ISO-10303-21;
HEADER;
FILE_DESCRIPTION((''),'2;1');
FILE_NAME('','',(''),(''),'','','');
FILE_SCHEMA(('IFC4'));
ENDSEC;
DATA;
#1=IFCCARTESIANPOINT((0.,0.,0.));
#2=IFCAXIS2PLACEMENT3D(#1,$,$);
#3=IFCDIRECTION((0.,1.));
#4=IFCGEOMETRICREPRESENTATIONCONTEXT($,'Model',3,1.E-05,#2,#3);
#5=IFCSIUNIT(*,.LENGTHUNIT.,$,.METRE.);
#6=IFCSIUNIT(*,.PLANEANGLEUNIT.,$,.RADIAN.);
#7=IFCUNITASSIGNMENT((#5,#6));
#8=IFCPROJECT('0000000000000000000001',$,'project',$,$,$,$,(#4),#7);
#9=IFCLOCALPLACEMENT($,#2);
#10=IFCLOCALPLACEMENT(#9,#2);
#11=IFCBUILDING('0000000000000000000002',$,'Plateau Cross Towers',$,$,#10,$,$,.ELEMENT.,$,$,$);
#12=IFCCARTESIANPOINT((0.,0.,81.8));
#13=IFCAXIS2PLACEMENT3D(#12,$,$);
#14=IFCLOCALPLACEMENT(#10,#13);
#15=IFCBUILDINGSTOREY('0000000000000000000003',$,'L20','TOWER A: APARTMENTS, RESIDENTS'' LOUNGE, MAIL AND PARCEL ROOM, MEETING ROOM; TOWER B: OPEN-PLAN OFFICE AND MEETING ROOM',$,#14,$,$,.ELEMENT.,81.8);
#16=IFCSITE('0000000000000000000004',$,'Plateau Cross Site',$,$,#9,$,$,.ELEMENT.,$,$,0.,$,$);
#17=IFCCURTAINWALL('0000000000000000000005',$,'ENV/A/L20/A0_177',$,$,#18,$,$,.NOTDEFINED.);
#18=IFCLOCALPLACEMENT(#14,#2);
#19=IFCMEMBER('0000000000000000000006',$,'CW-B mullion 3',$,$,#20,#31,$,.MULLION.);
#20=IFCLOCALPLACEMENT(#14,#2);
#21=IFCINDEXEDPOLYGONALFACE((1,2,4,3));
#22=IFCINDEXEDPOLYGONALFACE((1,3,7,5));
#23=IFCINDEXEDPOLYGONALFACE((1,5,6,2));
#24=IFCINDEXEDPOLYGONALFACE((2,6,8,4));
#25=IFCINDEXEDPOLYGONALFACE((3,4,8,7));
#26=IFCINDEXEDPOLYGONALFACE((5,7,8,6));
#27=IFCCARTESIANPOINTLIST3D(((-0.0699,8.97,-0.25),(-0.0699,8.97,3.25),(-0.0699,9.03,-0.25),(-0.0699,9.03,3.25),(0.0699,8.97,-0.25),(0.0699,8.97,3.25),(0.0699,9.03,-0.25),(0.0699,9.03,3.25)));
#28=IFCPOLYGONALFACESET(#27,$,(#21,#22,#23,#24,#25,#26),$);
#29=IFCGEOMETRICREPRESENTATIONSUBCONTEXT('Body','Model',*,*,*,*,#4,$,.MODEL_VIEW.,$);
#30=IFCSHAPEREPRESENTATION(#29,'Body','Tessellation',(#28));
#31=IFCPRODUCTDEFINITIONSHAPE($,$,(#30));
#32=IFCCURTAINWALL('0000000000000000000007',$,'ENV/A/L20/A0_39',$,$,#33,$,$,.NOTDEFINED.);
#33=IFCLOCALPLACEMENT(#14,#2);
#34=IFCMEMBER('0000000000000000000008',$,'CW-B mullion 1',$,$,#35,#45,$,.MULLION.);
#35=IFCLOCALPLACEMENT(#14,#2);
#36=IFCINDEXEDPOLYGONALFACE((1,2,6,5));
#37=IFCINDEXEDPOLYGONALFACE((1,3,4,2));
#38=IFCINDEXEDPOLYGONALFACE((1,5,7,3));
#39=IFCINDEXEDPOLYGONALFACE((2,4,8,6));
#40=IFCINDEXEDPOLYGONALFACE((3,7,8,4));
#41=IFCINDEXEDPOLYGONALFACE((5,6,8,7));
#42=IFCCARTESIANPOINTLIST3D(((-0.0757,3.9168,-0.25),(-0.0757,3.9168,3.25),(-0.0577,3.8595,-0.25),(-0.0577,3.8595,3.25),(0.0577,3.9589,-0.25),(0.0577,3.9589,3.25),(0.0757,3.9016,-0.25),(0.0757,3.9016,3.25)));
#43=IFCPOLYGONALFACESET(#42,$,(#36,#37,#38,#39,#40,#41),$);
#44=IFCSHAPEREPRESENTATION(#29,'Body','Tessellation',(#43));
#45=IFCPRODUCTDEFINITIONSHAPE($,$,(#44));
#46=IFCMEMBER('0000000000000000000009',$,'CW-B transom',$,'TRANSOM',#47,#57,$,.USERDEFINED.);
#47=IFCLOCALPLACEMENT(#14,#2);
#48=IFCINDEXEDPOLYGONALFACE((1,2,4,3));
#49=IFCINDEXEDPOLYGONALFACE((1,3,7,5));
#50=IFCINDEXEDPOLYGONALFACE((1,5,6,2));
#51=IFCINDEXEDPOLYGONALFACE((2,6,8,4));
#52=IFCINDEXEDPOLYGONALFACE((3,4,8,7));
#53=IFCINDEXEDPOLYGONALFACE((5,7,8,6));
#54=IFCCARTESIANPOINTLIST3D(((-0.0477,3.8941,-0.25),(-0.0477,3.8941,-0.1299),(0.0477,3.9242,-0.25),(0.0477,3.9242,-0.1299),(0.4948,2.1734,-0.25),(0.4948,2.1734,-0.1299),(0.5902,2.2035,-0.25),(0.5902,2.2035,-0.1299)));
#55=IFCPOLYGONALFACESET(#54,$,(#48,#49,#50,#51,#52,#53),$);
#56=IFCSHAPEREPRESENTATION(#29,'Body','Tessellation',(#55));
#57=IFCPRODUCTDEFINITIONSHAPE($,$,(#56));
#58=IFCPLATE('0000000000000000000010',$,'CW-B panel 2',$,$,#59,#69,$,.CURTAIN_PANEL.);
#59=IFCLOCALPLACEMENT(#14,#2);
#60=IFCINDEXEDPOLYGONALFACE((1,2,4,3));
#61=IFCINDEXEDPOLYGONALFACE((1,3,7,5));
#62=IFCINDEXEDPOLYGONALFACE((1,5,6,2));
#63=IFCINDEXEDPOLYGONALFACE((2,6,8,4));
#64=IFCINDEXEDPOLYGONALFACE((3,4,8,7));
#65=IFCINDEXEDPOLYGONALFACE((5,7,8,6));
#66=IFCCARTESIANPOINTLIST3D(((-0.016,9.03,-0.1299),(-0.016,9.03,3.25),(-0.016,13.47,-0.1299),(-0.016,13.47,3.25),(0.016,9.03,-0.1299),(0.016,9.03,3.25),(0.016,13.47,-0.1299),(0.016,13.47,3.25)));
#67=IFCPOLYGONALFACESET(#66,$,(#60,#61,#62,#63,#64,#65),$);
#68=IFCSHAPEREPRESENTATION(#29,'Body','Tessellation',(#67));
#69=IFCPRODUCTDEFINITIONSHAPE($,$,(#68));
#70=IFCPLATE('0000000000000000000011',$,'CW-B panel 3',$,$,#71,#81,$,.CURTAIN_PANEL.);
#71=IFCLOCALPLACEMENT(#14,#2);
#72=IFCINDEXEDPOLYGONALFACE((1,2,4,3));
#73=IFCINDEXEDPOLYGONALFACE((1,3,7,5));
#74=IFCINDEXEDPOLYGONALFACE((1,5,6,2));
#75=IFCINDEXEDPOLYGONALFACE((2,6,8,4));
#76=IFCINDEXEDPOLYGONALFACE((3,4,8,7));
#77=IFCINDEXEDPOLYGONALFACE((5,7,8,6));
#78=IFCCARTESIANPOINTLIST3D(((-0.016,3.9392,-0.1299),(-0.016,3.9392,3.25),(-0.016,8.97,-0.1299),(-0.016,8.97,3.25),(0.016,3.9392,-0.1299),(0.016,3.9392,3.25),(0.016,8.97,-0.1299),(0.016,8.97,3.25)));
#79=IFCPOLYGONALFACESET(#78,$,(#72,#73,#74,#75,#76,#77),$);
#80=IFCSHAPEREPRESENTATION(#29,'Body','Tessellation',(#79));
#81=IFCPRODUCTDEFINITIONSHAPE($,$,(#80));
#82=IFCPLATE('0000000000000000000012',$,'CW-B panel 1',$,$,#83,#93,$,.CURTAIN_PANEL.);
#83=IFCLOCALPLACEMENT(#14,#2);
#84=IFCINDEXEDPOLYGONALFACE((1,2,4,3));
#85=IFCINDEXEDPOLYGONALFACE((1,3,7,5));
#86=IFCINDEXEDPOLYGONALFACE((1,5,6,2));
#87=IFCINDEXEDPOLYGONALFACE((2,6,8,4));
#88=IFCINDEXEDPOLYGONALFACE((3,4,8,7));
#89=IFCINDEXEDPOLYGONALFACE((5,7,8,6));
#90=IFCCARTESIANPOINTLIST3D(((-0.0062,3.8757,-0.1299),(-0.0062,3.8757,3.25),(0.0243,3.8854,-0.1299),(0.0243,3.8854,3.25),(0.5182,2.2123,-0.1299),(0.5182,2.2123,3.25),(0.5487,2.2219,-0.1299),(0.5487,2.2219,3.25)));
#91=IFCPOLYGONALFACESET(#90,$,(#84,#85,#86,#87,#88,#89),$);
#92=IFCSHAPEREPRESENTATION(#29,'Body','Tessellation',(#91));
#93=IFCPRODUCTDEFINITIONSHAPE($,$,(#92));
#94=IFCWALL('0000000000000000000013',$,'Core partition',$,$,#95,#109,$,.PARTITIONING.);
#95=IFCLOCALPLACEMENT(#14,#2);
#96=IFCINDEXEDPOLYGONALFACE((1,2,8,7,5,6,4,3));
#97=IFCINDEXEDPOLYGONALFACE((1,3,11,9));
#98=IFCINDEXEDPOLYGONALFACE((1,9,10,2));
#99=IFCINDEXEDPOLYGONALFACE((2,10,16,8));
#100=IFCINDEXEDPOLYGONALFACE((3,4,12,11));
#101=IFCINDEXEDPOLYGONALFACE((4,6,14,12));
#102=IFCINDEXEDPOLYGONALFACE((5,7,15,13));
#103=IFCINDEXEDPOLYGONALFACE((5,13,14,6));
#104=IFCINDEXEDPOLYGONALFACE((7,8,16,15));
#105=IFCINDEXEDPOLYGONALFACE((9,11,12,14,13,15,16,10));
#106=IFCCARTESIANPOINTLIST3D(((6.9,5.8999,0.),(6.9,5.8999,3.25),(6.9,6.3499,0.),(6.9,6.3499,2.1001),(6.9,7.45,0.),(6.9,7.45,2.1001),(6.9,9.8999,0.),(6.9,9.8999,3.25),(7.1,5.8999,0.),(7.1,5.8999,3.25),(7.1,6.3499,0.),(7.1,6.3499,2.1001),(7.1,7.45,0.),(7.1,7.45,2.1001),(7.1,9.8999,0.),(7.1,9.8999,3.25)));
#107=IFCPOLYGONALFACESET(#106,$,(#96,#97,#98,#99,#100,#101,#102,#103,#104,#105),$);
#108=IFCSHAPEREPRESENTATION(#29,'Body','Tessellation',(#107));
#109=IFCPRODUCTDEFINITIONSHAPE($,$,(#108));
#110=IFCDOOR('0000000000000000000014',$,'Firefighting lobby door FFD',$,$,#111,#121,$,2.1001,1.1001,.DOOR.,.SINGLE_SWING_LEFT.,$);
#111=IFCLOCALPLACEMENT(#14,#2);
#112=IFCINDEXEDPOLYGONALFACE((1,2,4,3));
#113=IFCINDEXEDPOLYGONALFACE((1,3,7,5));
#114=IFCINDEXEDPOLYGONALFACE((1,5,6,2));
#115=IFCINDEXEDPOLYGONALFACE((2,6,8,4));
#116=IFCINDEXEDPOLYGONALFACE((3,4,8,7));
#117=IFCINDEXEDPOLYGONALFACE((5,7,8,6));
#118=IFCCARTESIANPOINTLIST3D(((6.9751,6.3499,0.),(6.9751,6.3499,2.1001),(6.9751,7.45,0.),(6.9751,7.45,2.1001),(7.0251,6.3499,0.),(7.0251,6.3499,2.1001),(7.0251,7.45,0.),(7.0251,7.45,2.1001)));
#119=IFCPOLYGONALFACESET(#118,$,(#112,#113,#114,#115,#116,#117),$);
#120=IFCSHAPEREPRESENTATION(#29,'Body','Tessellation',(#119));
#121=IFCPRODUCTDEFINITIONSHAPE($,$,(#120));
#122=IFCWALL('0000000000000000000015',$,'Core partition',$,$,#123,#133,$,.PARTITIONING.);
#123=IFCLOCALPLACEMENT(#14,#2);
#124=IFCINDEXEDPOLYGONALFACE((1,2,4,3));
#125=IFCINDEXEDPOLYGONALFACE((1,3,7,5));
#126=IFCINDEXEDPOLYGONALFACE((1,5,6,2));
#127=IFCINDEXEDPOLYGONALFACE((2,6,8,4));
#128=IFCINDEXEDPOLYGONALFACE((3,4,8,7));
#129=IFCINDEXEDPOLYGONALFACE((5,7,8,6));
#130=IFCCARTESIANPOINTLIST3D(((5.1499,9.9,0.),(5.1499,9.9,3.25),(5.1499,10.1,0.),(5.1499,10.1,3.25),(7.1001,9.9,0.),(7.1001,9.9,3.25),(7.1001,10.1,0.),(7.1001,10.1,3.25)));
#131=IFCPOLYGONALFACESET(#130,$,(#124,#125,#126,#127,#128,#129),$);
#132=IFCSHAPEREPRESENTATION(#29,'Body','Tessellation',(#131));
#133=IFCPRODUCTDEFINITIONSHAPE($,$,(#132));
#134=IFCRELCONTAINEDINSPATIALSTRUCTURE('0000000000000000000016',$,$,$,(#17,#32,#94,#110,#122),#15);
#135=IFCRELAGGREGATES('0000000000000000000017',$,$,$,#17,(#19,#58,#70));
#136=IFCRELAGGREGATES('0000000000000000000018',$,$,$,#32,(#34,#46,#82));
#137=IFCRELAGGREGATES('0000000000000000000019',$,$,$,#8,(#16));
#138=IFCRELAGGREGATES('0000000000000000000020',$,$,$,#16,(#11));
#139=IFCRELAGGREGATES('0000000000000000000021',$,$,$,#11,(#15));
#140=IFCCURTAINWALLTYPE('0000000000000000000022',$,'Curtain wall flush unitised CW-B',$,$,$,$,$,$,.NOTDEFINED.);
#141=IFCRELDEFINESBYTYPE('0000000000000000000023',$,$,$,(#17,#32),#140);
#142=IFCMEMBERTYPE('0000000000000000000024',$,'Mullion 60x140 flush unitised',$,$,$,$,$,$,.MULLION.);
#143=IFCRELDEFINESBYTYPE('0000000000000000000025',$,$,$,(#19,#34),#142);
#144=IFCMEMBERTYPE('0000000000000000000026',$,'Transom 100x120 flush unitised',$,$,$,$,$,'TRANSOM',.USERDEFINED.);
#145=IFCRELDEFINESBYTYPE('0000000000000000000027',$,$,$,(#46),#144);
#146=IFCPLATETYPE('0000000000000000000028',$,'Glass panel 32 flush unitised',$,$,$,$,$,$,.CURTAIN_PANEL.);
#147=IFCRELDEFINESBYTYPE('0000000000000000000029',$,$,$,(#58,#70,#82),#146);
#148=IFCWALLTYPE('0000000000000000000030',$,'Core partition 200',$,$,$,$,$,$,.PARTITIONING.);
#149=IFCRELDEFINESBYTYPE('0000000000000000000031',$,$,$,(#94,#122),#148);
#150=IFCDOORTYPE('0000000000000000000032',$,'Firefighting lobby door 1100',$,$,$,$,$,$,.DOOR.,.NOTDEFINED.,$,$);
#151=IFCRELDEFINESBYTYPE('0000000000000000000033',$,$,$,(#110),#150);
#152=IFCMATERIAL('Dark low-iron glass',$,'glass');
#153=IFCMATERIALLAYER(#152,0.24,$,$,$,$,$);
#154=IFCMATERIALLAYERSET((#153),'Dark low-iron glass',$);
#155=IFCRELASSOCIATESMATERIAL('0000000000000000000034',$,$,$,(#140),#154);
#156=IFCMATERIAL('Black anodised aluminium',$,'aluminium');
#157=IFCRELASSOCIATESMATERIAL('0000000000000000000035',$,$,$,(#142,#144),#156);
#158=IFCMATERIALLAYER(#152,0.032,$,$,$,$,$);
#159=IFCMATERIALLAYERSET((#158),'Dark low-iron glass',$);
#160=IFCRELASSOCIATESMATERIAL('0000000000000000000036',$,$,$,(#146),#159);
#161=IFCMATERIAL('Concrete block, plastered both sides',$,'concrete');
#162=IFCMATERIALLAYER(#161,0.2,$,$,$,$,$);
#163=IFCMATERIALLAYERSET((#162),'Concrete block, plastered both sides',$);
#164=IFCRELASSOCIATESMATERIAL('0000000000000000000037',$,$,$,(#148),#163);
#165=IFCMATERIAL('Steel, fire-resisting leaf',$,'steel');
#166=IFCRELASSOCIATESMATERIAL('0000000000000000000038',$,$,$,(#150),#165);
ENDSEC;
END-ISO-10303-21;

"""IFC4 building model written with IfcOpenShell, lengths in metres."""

from ifc_helpers import new_model, si_unit, direction, frame, frame_2d, origin, origin_2d, place, context, subcontext, project, spatial, rectangle, extrude, material, layer, layer_set, material_profile, profile_set, type_object, element, fill, aggregate, save


model = new_model("IFC4")

# Units and contexts
model_context = context("Model", 3, precision=1e-05, world=origin(), true_north=direction((0.0, 1.0)))
body_context = subcontext(model_context, "Body", "Model", "MODEL_VIEW")
ifc_project = project(units=[si_unit("LENGTHUNIT", "METRE"), si_unit("PLANEANGLEUNIT", "RADIAN")], contexts=[model_context])

# Site, building, storey
site_placement = place(None, origin())
site = spatial("IfcSite", under=ifc_project, at=site_placement, Name="Plateau Cross Site", CompositionType="ELEMENT", RefElevation=0.0)
building_placement = place(site_placement, origin())
building = spatial("IfcBuilding", under=site, at=building_placement, Name="Plateau Cross Towers", CompositionType="ELEMENT")
storey_placement = place(building_placement, frame((0.0, 0.0, 81.8)))
storey = spatial("IfcBuildingStorey", under=building, at=storey_placement, Name="L20", Description="TOWER A: APARTMENTS, RESIDENTS' LOUNGE, MAIL AND PARCEL ROOM, MEETING ROOM; TOWER B: OPEN-PLAN OFFICE AND MEETING ROOM", CompositionType="ELEMENT", Elevation=81.8)

# Curtain wall, member
ifc_material_1 = material(Name="Dark low-iron glass", Category="glass")
ifc_layer_1 = layer(ifc_material_1, 0.24)
ifc_layer_set_1 = layer_set([ifc_layer_1], Name="Dark low-iron glass")
curtain_wall_type = type_object("IfcCurtainWallType", Name="Curtain wall flush unitised CW-B", PredefinedType="NOTDEFINED", material=ifc_layer_set_1)
curtain_wall_1_placement = place(storey_placement, origin())
curtain_wall_1 = element("IfcCurtainWall", 1, at=curtain_wall_1_placement, inside=storey, type_object=curtain_wall_type, Name="ENV/A/L20/A0_177", PredefinedType="NOTDEFINED")
ifc_material_2 = material(Name="Black anodised aluminium", Category="aluminium")
ifc_material_profile_1 = material_profile(ifc_material_2, rectangle(XDim=0.0601, YDim=0.1399, at=origin_2d()), Name="MULLION 60x140")
ifc_profile_set_1 = profile_set([ifc_material_profile_1], Name="Black anodised aluminium")
member_type_1 = type_object("IfcMemberType", Name="Mullion 60x140 flush unitised", PredefinedType="MULLION", material=ifc_profile_set_1)
member_1_placement = place(storey_placement, frame((0.0, 9.0, -0.25), z_axis=(0.0, 0.0, 1.0), x_axis=(0.0, -1.0, 0.0)))
member_1 = element("IfcMember", 2, at=member_1_placement, type_object=member_type_1, Name="CW-B mullion 3", PredefinedType="MULLION", context=body_context, shape_type="SweptSolid", body=[
    extrude(rectangle(XDim=0.0601, YDim=0.1399, at=origin_2d()), origin(), (0.0, 0.0, 1.0), 3.5),
])

# Curtain wall, members
curtain_wall_2_placement = place(storey_placement, origin())
curtain_wall_2 = element("IfcCurtainWall", 3, at=curtain_wall_2_placement, inside=storey, type_object=curtain_wall_type, Name="ENV/A/L20/A0_39", PredefinedType="NOTDEFINED")
member_2_placement = place(storey_placement, frame((0.0, 3.9092, -0.25), z_axis=(0.0, 0.0, 1.0), x_axis=(0.300686, -0.953723, 0.0)))
member_2 = element("IfcMember", 4, at=member_2_placement, type_object=member_type_1, Name="CW-B mullion 1", PredefinedType="MULLION", context=body_context, shape_type="SweptSolid", body=[
    extrude(rectangle(XDim=0.0601, YDim=0.1399, at=origin_2d()), origin(), (0.0, 0.0, 1.0), 3.5),
])
ifc_material_profile_2 = material_profile(ifc_material_2, rectangle(XDim=0.1001, YDim=0.1201, at=origin_2d()), Name="TRANSOM 100x120")
ifc_profile_set_2 = profile_set([ifc_material_profile_2], Name="Black anodised aluminium")
member_type_2 = type_object("IfcMemberType", Name="Transom 100x120 flush unitised", ElementType="TRANSOM", PredefinedType="USERDEFINED", material=ifc_profile_set_2)
member_3_placement = place(storey_placement, frame((0.0, 3.9092, -0.1899), z_axis=(0.300678, -0.953726, 0.0), x_axis=(0.953726, 0.300678, 0.0)))
member_3 = element("IfcMember", 5, at=member_3_placement, type_object=member_type_2, Name="CW-B transom", ObjectType="TRANSOM", PredefinedType="USERDEFINED", context=body_context, shape_type="SweptSolid", body=[
    extrude(rectangle(XDim=0.1001, YDim=0.1201, at=origin_2d()), origin(), (0.0, 0.0, 1.0), 1.8042),
])

# Plates
ifc_layer_2 = layer(ifc_material_1, 0.032)
ifc_layer_set_2 = layer_set([ifc_layer_2], Name="Dark low-iron glass")
plate_type = type_object("IfcPlateType", Name="Glass panel 32 flush unitised", PredefinedType="CURTAIN_PANEL", material=ifc_layer_set_2)
plate_1_placement = place(storey_placement, frame((0.0, 11.25, -0.1299), z_axis=(0.0, 0.0, 1.0), x_axis=(0.0, -1.0, 0.0)))
plate_1 = element("IfcPlate", 6, at=plate_1_placement, type_object=plate_type, Name="CW-B panel 2", PredefinedType="CURTAIN_PANEL", context=body_context, shape_type="SweptSolid", body=[
    extrude(rectangle(XDim=4.4399, YDim=0.032, at=origin_2d()), origin(), (0.0, 0.0, 1.0), 3.3799),
])
plate_2_placement = place(storey_placement, frame((0.0, 6.4546, -0.1299), z_axis=(0.0, 0.0, 1.0), x_axis=(0.0, -1.0, 0.0)))
plate_2 = element("IfcPlate", 7, at=plate_2_placement, type_object=plate_type, Name="CW-B panel 3", PredefinedType="CURTAIN_PANEL", context=body_context, shape_type="SweptSolid", body=[
    extrude(rectangle(XDim=5.0308, YDim=0.032, at=origin_2d()), origin(), (0.0, 0.0, 1.0), 3.3799),
])
aggregate(curtain_wall_1, [member_1, plate_1, plate_2])
plate_3_placement = place(storey_placement, frame((0.2712, 3.0488, -0.1299), z_axis=(0.0, 0.0, 1.0), x_axis=(0.300686, -0.953723, 0.0)))
plate_3 = element("IfcPlate", 8, at=plate_3_placement, type_object=plate_type, Name="CW-B panel 1", PredefinedType="CURTAIN_PANEL", context=body_context, shape_type="SweptSolid", body=[
    extrude(rectangle(XDim=1.7441, YDim=0.032, at=origin_2d()), origin(), (0.0, 0.0, 1.0), 3.3799),
])
aggregate(curtain_wall_2, [member_2, member_3, plate_3])

# Wall, opening, door
ifc_material_3 = material(Name="Concrete block, plastered both sides", Category="concrete")
ifc_layer_3 = layer(ifc_material_3, 0.2)
ifc_layer_set_3 = layer_set([ifc_layer_3], Name="Concrete block, plastered both sides")
wall_type_1 = type_object("IfcWallType", Name="Core partition 200", PredefinedType="PARTITIONING", material=ifc_layer_set_3)
wall_1_placement = place(storey_placement, frame((7.0, 5.8999, 0.0), z_axis=(0.0, 0.0, 1.0), x_axis=(0.0, 1.0, 0.0)))
wall_1 = element("IfcWall", 9, at=wall_1_placement, inside=storey, type_object=wall_type_1, Name="Core partition", PredefinedType="PARTITIONING", context=body_context, shape_type="SweptSolid", body=[
    extrude(rectangle(XDim=4.0, YDim=0.2, at=frame_2d((2.0, 0.0))), origin(), (0.0, 0.0, 1.0), 3.25),
])
opening_1_placement = place(wall_1_placement, frame((0.45, 0.0, 0.0)))
opening_1 = element("IfcOpeningElement", 10, at=opening_1_placement, cuts=wall_1, PredefinedType="OPENING", context=body_context, shape_type="SweptSolid", body=[
    extrude(rectangle(XDim=1.1001, YDim=2.1001, at=frame_2d((0.55, 1.05))), frame((0.0, 0.1099, 0.0), z_axis=(0.0, -1.0, 0.0), x_axis=(1.0, 0.0, 0.0)), (0.0, 0.0, 1.0), 0.22),
])
ifc_material_4 = material(Name="Steel, fire-resisting leaf", Category="steel")
door_type_1 = type_object("IfcDoorType", Name="Firefighting lobby door 1100", OperationType="NOTDEFINED", PredefinedType="DOOR", material=ifc_material_4)
door_1_placement = place(opening_1_placement, origin())
door_1 = element("IfcDoor", 11, at=door_1_placement, inside=storey, type_object=door_type_1, Name="Firefighting lobby door FFD", OperationType="SINGLE_SWING_LEFT", OverallHeight=2.1001, OverallWidth=1.1001, PredefinedType="DOOR", context=body_context, shape_type="SweptSolid", body=[
    extrude(rectangle(XDim=1.1001, YDim=2.1001, at=frame_2d((0.55, 1.05))), frame((0.0, 0.0249, 0.0), z_axis=(0.0, -1.0, 0.0), x_axis=(1.0, 0.0, 0.0)), (0.0, 0.0, 1.0), 0.05),
])
fill(opening_1, door_1)

# Wall
wall_2_placement = place(storey_placement, frame((5.1499, 10.0, 0.0), z_axis=(0.0, 0.0, 1.0), x_axis=(1.0, 0.0, 0.0)))
element("IfcWall", 12, at=wall_2_placement, inside=storey, type_object=wall_type_1, Name="Core partition", PredefinedType="PARTITIONING", context=body_context, shape_type="SweptSolid", body=[
    extrude(rectangle(XDim=1.9502, YDim=0.2, at=frame_2d((0.9751, 0.0))), origin(), (0.0, 0.0, 1.0), 3.25),
])

save(model, "model.ifc")
